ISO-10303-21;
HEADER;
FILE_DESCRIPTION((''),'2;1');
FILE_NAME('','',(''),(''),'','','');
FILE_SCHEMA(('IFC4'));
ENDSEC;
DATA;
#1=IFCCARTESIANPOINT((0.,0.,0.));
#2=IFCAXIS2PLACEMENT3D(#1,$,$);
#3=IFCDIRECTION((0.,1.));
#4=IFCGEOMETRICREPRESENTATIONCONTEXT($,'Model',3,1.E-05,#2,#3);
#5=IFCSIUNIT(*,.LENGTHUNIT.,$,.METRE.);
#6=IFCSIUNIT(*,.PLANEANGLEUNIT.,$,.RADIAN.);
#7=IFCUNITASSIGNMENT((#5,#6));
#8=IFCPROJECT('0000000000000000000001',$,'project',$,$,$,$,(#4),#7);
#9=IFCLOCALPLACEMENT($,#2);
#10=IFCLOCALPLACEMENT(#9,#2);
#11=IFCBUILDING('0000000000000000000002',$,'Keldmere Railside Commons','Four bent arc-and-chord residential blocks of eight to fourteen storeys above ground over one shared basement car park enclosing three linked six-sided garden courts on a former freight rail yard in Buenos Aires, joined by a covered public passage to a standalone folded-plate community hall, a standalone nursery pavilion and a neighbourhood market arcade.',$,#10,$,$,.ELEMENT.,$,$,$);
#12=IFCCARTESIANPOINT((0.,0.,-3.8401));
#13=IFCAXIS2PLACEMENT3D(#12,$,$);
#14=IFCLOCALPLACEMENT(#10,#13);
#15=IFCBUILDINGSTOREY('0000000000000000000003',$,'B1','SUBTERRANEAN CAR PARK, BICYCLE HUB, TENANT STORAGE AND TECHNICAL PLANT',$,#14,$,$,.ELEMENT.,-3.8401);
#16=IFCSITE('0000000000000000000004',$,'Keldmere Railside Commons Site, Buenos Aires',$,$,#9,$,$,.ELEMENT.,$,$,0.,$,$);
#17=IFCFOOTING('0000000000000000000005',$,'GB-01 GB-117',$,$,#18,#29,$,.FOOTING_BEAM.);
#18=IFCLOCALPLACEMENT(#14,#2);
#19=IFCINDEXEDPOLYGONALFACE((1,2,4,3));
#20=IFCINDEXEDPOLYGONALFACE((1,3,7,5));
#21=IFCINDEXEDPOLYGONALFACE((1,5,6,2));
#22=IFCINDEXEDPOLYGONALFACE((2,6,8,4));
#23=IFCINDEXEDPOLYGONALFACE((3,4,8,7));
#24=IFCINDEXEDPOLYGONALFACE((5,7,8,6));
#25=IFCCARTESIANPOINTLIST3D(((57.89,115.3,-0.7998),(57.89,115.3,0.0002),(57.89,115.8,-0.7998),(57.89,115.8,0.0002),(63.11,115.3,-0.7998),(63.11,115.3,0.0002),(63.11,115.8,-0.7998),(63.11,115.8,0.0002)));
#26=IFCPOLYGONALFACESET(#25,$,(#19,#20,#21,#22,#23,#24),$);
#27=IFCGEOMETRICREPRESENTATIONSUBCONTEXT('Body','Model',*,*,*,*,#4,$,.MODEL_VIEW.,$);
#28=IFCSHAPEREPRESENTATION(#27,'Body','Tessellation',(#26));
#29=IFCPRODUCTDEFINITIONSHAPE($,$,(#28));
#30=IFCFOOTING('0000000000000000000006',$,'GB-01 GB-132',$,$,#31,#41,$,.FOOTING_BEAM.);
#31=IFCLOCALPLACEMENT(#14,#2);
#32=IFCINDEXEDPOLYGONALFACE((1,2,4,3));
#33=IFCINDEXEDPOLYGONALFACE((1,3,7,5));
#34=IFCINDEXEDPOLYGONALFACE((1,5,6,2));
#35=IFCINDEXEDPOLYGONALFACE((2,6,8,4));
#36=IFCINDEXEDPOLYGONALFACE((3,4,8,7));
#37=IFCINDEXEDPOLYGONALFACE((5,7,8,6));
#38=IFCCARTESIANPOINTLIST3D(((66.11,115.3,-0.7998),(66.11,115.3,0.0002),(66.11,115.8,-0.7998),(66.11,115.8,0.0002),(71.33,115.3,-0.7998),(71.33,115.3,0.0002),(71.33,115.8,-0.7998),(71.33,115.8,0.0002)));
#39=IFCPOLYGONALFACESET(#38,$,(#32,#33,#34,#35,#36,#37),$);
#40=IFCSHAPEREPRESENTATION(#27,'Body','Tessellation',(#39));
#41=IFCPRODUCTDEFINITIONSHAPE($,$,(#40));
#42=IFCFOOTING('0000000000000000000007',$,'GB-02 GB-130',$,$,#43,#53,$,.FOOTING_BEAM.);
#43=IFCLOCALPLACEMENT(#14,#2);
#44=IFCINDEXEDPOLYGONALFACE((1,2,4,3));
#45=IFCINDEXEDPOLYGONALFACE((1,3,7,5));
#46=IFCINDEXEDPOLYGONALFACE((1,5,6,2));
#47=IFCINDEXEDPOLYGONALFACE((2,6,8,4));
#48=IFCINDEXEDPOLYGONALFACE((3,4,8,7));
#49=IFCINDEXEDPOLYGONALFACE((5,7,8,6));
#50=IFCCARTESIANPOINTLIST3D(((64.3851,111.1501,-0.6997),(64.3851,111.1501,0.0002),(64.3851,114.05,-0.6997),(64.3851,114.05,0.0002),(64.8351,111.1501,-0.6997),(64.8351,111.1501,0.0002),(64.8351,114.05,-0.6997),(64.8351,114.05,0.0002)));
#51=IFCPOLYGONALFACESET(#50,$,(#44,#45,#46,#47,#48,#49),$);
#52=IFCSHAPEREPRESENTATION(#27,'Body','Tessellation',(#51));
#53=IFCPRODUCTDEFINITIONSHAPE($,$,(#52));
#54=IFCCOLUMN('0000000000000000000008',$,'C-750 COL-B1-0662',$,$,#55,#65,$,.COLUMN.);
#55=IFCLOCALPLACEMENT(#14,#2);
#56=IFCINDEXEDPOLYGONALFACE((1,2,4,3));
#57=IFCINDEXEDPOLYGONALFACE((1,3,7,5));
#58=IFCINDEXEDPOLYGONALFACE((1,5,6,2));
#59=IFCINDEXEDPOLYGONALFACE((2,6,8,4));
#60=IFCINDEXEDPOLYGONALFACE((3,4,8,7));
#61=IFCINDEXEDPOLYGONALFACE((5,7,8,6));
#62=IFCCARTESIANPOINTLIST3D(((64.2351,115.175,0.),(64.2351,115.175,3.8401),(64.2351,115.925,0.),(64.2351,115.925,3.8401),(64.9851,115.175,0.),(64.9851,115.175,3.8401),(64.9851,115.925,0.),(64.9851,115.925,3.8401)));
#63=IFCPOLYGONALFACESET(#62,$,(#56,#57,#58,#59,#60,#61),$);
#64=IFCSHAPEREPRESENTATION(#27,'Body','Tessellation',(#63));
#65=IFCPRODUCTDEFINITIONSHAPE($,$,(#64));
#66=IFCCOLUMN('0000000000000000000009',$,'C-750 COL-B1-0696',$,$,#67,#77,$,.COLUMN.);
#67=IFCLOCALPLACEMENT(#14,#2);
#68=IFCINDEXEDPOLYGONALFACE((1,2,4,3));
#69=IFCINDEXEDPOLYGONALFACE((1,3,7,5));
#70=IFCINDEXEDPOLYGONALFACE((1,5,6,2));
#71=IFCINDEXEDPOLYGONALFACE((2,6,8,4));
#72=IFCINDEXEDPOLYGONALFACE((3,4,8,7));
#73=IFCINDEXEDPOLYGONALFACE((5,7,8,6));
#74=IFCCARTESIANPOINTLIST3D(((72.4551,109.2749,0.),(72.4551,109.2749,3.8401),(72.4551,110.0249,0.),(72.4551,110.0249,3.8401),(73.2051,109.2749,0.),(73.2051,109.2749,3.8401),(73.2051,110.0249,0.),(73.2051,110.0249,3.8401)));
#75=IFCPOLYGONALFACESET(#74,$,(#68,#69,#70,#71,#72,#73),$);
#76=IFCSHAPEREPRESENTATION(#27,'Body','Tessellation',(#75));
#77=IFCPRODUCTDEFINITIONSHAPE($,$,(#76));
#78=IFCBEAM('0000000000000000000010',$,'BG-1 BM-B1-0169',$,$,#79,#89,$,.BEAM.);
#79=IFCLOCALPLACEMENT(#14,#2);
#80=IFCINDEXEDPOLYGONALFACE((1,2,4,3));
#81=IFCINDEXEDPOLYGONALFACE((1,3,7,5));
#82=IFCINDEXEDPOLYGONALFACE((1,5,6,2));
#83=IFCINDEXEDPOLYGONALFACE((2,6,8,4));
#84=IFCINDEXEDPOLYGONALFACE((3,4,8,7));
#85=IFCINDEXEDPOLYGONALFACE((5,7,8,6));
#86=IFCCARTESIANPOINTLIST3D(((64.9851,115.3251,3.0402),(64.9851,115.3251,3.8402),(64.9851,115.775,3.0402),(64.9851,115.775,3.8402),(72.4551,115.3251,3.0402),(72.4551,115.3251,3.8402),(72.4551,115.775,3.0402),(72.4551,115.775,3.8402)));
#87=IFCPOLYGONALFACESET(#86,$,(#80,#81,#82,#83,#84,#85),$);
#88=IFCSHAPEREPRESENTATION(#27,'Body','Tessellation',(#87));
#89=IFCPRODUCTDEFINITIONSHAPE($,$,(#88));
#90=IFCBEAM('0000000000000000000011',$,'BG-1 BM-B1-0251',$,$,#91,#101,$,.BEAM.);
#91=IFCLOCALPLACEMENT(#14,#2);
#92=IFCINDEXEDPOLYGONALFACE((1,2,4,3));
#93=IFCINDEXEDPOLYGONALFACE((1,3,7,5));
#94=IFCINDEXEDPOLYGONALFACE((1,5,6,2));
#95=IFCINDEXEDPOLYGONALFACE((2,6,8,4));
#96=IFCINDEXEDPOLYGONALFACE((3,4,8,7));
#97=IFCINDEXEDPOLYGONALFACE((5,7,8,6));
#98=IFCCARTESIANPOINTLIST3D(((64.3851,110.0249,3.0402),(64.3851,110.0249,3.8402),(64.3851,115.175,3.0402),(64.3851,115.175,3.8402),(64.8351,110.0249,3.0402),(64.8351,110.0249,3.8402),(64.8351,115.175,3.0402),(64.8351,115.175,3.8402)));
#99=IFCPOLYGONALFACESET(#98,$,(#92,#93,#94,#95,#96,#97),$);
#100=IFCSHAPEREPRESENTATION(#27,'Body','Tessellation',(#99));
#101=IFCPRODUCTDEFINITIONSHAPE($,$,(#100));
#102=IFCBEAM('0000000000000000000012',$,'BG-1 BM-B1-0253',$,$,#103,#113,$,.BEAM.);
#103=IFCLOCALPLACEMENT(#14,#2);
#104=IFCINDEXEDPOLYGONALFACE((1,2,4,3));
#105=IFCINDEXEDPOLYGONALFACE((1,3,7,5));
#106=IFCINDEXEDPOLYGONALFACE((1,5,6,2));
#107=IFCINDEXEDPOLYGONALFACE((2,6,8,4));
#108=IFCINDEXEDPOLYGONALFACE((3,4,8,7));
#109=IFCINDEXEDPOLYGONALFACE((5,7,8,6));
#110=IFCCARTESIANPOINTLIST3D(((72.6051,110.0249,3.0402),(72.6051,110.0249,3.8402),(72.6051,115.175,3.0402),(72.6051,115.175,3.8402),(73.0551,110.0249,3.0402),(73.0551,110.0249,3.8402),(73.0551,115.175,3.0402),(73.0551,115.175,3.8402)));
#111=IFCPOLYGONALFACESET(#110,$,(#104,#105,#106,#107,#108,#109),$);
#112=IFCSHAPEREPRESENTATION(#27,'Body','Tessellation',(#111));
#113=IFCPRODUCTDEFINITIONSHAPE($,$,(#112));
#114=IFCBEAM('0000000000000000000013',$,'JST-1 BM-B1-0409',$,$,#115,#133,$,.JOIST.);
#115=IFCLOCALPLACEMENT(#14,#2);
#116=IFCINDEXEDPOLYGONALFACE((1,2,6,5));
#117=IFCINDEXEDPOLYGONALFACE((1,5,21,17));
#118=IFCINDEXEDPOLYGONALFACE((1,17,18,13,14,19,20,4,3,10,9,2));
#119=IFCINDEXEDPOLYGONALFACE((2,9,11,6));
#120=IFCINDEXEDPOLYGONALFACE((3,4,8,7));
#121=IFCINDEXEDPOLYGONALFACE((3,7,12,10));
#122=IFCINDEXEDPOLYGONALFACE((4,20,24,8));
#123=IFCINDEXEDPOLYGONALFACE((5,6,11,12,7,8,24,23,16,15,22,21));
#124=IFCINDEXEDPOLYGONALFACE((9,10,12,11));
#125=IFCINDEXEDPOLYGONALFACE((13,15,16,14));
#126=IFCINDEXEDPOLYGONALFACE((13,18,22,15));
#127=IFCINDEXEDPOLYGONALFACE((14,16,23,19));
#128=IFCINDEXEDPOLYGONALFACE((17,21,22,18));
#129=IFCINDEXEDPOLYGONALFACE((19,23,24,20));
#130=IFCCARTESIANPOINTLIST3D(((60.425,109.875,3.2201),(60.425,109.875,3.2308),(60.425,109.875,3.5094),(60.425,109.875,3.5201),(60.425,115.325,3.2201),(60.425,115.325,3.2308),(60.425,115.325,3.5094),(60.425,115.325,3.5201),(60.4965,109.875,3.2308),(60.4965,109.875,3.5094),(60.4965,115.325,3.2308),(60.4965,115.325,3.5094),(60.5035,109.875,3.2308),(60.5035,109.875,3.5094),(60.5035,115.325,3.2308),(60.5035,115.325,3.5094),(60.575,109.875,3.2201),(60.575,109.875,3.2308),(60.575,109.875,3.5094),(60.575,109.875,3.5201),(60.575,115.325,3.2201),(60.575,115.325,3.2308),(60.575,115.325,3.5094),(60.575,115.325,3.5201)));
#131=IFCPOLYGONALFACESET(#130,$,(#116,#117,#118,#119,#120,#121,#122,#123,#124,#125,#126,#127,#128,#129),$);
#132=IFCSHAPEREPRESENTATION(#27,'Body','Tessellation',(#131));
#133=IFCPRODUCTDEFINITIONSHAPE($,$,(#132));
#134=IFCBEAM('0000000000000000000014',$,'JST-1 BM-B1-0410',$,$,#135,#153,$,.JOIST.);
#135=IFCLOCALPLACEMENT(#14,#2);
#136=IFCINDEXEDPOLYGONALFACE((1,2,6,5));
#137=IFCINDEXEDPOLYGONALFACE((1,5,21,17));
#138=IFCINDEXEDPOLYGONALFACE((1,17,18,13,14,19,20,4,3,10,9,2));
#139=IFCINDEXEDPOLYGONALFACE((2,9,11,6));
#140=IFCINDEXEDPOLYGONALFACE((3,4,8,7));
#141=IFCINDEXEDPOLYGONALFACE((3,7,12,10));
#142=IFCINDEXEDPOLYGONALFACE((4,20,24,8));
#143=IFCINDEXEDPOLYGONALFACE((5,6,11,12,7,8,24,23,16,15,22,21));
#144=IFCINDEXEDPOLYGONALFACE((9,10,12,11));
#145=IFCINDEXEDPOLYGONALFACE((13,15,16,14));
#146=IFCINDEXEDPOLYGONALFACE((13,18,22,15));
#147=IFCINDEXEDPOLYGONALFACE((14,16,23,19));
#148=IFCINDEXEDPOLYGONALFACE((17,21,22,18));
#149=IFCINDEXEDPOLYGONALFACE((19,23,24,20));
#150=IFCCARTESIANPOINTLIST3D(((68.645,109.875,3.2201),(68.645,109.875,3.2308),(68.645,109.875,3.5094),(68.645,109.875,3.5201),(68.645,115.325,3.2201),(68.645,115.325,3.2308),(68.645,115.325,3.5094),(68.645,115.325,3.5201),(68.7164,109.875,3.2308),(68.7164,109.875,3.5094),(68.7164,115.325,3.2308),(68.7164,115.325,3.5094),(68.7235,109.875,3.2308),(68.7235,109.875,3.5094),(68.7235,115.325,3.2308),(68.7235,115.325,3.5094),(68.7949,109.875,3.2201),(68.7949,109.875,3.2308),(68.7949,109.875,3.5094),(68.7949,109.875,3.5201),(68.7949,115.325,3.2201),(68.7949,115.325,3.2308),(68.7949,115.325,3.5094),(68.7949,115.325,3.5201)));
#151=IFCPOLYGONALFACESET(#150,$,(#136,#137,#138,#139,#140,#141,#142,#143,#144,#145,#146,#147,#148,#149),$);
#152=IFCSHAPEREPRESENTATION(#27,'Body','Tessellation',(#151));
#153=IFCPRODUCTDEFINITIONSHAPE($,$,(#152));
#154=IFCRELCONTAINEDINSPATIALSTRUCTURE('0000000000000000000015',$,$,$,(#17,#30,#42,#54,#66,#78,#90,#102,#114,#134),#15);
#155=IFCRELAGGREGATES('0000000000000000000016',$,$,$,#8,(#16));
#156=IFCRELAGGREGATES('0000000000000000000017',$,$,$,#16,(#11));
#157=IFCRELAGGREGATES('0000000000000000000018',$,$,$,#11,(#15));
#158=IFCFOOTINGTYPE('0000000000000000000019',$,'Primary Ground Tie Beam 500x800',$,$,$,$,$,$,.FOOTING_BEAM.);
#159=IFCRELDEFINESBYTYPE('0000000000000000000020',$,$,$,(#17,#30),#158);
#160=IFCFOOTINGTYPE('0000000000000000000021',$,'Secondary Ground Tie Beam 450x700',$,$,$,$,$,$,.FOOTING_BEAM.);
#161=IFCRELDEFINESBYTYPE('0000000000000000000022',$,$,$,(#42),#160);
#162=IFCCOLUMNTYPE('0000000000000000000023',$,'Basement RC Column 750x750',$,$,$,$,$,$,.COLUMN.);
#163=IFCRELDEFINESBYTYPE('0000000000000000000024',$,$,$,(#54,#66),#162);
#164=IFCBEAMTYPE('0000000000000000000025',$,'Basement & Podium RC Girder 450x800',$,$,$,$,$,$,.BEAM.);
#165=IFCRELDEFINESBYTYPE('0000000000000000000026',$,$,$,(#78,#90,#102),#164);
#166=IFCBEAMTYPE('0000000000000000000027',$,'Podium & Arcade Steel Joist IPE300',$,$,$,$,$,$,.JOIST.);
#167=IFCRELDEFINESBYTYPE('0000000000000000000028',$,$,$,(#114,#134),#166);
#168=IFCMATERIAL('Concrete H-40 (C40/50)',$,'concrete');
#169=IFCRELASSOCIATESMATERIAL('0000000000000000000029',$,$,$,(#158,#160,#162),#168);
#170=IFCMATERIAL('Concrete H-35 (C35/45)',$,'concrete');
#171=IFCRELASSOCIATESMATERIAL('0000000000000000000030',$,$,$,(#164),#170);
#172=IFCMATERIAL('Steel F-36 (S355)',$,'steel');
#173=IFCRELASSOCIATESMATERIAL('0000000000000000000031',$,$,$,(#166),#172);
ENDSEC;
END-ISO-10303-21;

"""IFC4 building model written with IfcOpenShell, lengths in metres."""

from ifc_helpers import new_model, si_unit, direction, frame, origin, origin_2d, place, context, subcontext, project, spatial, rectangle, i_section, extrude, material, material_profile, profile_set, type_object, element, save


model = new_model("IFC4")

# Units and contexts
model_context = context("Model", 3, precision=1e-05, world=origin(), true_north=direction((0.0, 1.0)))
body_context = subcontext(model_context, "Body", "Model", "MODEL_VIEW")
ifc_project = project(units=[si_unit("LENGTHUNIT", "METRE"), si_unit("PLANEANGLEUNIT", "RADIAN")], contexts=[model_context])

# Site, building, storey
site_placement = place(None, origin())
site = spatial("IfcSite", under=ifc_project, at=site_placement, Name="Keldmere Railside Commons Site, Buenos Aires", CompositionType="ELEMENT", RefElevation=0.0)
building_placement = place(site_placement, origin())
building = spatial("IfcBuilding", under=site, at=building_placement, Name="Keldmere Railside Commons", Description="Four bent arc-and-chord residential blocks of eight to fourteen storeys above ground over one shared basement car park enclosing three linked six-sided garden courts on a former freight rail yard in Buenos Aires, joined by a covered public passage to a standalone folded-plate community hall, a standalone nursery pavilion and a neighbourhood market arcade.", CompositionType="ELEMENT")
storey_placement = place(building_placement, frame((0.0, 0.0, -3.8401)))
storey = spatial("IfcBuildingStorey", under=building, at=storey_placement, Name="B1", Description="SUBTERRANEAN CAR PARK, BICYCLE HUB, TENANT STORAGE AND TECHNICAL PLANT", CompositionType="ELEMENT", Elevation=-3.8401)

# Footings
ifc_material_1 = material(Name="Concrete H-40 (C40/50)", Category="concrete")
footing_type_1 = type_object("IfcFootingType", Name="Primary Ground Tie Beam 500x800", PredefinedType="FOOTING_BEAM", material=ifc_material_1)
for number, where, z_axis, x_axis, name in (
    (1, (60.5, 115.55, -0.7998), (0.0, 0.0, 1.0), (1.0, 0.0, 0.0), "GB-01 GB-117"),
    (2, (68.72, 115.55, -0.7998), (0.0, 0.0, 1.0), (1.0, 0.0, 0.0), "GB-01 GB-132"),
):
    element("IfcFooting", number, at=place(storey_placement, frame(where, z_axis=z_axis, x_axis=x_axis)), inside=storey, type_object=footing_type_1, Name=name, PredefinedType="FOOTING_BEAM", context=body_context, shape_type="SweptSolid", body=[
        extrude(rectangle(XDim=5.22, YDim=0.5, at=origin_2d()), origin(), (0.0, 0.0, 1.0), 0.8),
    ])
footing_type_2 = type_object("IfcFootingType", Name="Secondary Ground Tie Beam 450x700", PredefinedType="FOOTING_BEAM", material=ifc_material_1)
footing_1_placement = place(storey_placement, frame((64.6101, 112.6001, -0.6997), z_axis=(0.0, 0.0, 1.0), x_axis=(0.0, 1.0, 0.0)))
element("IfcFooting", 3, at=footing_1_placement, inside=storey, type_object=footing_type_2, Name="GB-02 GB-130", PredefinedType="FOOTING_BEAM", context=body_context, shape_type="SweptSolid", body=[
    extrude(rectangle(XDim=2.8999, YDim=0.45, at=origin_2d()), origin(), (0.0, 0.0, 1.0), 0.7),
])

# Columns
ifc_material_profile_1 = material_profile(ifc_material_1, rectangle(XDim=0.75, YDim=0.75, at=origin_2d()), Name="RC-750x750")
ifc_profile_set_1 = profile_set([ifc_material_profile_1], Name="Concrete H-40 (C40/50)")
column_type = type_object("IfcColumnType", Name="Basement RC Column 750x750", PredefinedType="COLUMN", material=ifc_profile_set_1)
for number, where, z_axis, x_axis, name in (
    (4, (64.6101, 115.55, 0.0), (0.0, 0.0, 1.0), (1.0, 0.0, 0.0), "C-750 COL-B1-0662"),
    (5, (72.8301, 109.6499, 0.0), (0.0, 0.0, 1.0), (1.0, 0.0, 0.0), "C-750 COL-B1-0696"),
):
    element("IfcColumn", number, at=place(storey_placement, frame(where, z_axis=z_axis, x_axis=x_axis)), inside=storey, type_object=column_type, Name=name, PredefinedType="COLUMN", context=body_context, shape_type="SweptSolid", body=[
        extrude(rectangle(XDim=0.75, YDim=0.75, at=origin_2d()), origin(), (0.0, 0.0, 1.0), 3.8401),
    ])

# Beams
ifc_material_2 = material(Name="Concrete H-35 (C35/45)", Category="concrete")
ifc_material_profile_2 = material_profile(ifc_material_2, rectangle(XDim=0.45, YDim=0.8, at=origin_2d()), Name="RC-450x800")
ifc_profile_set_2 = profile_set([ifc_material_profile_2], Name="Concrete H-35 (C35/45)")
beam_type_1 = type_object("IfcBeamType", Name="Basement & Podium RC Girder 450x800", PredefinedType="BEAM", material=ifc_profile_set_2)
beam_placement = place(storey_placement, frame((64.9851, 115.55, 3.4402), z_axis=(1.0, 0.0, 0.0), x_axis=(0.0, 1.0, 0.0)))
element("IfcBeam", 6, at=beam_placement, inside=storey, type_object=beam_type_1, Name="BG-1 BM-B1-0169", PredefinedType="BEAM", context=body_context, shape_type="SweptSolid", body=[
    extrude(rectangle(XDim=0.45, YDim=0.8, at=origin_2d()), origin(), (0.0, 0.0, 1.0), 7.47),
])
for number, where, z_axis, x_axis, name in (
    (7, (64.6101, 110.0249, 3.4402), (0.0, 1.0, 0.0), (-1.0, 0.0, 0.0), "BG-1 BM-B1-0251"),
    (8, (72.8301, 110.0249, 3.4402), (0.0, 1.0, 0.0), (-1.0, 0.0, 0.0), "BG-1 BM-B1-0253"),
):
    element("IfcBeam", number, at=place(storey_placement, frame(where, z_axis=z_axis, x_axis=x_axis)), inside=storey, type_object=beam_type_1, Name=name, PredefinedType="BEAM", context=body_context, shape_type="SweptSolid", body=[
        extrude(rectangle(XDim=0.45, YDim=0.8, at=origin_2d()), origin(), (0.0, 0.0, 1.0), 5.1501),
    ])
ifc_material_3 = material(Name="Steel F-36 (S355)", Category="steel")
ifc_material_profile_3 = material_profile(ifc_material_3, i_section(OverallWidth=0.1499, OverallDepth=0.3, WebThickness=0.0071, FlangeThickness=0.0107, at=origin_2d()), Name="IPE-300")
ifc_profile_set_3 = profile_set([ifc_material_profile_3], Name="Steel F-36 (S355)")
beam_type_2 = type_object("IfcBeamType", Name="Podium & Arcade Steel Joist IPE300", PredefinedType="JOIST", material=ifc_profile_set_3)
for number, where, z_axis, x_axis, name in (
    (9, (60.5, 109.875, 3.3701), (0.0, 1.0, 0.0), (-1.0, 0.0, 0.0), "JST-1 BM-B1-0409"),
    (10, (68.72, 109.875, 3.3701), (0.0, 1.0, 0.0), (-1.0, 0.0, 0.0), "JST-1 BM-B1-0410"),
):
    element("IfcBeam", number, at=place(storey_placement, frame(where, z_axis=z_axis, x_axis=x_axis)), inside=storey, type_object=beam_type_2, Name=name, PredefinedType="JOIST", context=body_context, shape_type="SweptSolid", body=[
        extrude(i_section(OverallWidth=0.1499, OverallDepth=0.3, WebThickness=0.0071, FlangeThickness=0.0107, at=origin_2d()), origin(), (0.0, 0.0, 1.0), 5.45),
    ])

save(model, "model.ifc")
